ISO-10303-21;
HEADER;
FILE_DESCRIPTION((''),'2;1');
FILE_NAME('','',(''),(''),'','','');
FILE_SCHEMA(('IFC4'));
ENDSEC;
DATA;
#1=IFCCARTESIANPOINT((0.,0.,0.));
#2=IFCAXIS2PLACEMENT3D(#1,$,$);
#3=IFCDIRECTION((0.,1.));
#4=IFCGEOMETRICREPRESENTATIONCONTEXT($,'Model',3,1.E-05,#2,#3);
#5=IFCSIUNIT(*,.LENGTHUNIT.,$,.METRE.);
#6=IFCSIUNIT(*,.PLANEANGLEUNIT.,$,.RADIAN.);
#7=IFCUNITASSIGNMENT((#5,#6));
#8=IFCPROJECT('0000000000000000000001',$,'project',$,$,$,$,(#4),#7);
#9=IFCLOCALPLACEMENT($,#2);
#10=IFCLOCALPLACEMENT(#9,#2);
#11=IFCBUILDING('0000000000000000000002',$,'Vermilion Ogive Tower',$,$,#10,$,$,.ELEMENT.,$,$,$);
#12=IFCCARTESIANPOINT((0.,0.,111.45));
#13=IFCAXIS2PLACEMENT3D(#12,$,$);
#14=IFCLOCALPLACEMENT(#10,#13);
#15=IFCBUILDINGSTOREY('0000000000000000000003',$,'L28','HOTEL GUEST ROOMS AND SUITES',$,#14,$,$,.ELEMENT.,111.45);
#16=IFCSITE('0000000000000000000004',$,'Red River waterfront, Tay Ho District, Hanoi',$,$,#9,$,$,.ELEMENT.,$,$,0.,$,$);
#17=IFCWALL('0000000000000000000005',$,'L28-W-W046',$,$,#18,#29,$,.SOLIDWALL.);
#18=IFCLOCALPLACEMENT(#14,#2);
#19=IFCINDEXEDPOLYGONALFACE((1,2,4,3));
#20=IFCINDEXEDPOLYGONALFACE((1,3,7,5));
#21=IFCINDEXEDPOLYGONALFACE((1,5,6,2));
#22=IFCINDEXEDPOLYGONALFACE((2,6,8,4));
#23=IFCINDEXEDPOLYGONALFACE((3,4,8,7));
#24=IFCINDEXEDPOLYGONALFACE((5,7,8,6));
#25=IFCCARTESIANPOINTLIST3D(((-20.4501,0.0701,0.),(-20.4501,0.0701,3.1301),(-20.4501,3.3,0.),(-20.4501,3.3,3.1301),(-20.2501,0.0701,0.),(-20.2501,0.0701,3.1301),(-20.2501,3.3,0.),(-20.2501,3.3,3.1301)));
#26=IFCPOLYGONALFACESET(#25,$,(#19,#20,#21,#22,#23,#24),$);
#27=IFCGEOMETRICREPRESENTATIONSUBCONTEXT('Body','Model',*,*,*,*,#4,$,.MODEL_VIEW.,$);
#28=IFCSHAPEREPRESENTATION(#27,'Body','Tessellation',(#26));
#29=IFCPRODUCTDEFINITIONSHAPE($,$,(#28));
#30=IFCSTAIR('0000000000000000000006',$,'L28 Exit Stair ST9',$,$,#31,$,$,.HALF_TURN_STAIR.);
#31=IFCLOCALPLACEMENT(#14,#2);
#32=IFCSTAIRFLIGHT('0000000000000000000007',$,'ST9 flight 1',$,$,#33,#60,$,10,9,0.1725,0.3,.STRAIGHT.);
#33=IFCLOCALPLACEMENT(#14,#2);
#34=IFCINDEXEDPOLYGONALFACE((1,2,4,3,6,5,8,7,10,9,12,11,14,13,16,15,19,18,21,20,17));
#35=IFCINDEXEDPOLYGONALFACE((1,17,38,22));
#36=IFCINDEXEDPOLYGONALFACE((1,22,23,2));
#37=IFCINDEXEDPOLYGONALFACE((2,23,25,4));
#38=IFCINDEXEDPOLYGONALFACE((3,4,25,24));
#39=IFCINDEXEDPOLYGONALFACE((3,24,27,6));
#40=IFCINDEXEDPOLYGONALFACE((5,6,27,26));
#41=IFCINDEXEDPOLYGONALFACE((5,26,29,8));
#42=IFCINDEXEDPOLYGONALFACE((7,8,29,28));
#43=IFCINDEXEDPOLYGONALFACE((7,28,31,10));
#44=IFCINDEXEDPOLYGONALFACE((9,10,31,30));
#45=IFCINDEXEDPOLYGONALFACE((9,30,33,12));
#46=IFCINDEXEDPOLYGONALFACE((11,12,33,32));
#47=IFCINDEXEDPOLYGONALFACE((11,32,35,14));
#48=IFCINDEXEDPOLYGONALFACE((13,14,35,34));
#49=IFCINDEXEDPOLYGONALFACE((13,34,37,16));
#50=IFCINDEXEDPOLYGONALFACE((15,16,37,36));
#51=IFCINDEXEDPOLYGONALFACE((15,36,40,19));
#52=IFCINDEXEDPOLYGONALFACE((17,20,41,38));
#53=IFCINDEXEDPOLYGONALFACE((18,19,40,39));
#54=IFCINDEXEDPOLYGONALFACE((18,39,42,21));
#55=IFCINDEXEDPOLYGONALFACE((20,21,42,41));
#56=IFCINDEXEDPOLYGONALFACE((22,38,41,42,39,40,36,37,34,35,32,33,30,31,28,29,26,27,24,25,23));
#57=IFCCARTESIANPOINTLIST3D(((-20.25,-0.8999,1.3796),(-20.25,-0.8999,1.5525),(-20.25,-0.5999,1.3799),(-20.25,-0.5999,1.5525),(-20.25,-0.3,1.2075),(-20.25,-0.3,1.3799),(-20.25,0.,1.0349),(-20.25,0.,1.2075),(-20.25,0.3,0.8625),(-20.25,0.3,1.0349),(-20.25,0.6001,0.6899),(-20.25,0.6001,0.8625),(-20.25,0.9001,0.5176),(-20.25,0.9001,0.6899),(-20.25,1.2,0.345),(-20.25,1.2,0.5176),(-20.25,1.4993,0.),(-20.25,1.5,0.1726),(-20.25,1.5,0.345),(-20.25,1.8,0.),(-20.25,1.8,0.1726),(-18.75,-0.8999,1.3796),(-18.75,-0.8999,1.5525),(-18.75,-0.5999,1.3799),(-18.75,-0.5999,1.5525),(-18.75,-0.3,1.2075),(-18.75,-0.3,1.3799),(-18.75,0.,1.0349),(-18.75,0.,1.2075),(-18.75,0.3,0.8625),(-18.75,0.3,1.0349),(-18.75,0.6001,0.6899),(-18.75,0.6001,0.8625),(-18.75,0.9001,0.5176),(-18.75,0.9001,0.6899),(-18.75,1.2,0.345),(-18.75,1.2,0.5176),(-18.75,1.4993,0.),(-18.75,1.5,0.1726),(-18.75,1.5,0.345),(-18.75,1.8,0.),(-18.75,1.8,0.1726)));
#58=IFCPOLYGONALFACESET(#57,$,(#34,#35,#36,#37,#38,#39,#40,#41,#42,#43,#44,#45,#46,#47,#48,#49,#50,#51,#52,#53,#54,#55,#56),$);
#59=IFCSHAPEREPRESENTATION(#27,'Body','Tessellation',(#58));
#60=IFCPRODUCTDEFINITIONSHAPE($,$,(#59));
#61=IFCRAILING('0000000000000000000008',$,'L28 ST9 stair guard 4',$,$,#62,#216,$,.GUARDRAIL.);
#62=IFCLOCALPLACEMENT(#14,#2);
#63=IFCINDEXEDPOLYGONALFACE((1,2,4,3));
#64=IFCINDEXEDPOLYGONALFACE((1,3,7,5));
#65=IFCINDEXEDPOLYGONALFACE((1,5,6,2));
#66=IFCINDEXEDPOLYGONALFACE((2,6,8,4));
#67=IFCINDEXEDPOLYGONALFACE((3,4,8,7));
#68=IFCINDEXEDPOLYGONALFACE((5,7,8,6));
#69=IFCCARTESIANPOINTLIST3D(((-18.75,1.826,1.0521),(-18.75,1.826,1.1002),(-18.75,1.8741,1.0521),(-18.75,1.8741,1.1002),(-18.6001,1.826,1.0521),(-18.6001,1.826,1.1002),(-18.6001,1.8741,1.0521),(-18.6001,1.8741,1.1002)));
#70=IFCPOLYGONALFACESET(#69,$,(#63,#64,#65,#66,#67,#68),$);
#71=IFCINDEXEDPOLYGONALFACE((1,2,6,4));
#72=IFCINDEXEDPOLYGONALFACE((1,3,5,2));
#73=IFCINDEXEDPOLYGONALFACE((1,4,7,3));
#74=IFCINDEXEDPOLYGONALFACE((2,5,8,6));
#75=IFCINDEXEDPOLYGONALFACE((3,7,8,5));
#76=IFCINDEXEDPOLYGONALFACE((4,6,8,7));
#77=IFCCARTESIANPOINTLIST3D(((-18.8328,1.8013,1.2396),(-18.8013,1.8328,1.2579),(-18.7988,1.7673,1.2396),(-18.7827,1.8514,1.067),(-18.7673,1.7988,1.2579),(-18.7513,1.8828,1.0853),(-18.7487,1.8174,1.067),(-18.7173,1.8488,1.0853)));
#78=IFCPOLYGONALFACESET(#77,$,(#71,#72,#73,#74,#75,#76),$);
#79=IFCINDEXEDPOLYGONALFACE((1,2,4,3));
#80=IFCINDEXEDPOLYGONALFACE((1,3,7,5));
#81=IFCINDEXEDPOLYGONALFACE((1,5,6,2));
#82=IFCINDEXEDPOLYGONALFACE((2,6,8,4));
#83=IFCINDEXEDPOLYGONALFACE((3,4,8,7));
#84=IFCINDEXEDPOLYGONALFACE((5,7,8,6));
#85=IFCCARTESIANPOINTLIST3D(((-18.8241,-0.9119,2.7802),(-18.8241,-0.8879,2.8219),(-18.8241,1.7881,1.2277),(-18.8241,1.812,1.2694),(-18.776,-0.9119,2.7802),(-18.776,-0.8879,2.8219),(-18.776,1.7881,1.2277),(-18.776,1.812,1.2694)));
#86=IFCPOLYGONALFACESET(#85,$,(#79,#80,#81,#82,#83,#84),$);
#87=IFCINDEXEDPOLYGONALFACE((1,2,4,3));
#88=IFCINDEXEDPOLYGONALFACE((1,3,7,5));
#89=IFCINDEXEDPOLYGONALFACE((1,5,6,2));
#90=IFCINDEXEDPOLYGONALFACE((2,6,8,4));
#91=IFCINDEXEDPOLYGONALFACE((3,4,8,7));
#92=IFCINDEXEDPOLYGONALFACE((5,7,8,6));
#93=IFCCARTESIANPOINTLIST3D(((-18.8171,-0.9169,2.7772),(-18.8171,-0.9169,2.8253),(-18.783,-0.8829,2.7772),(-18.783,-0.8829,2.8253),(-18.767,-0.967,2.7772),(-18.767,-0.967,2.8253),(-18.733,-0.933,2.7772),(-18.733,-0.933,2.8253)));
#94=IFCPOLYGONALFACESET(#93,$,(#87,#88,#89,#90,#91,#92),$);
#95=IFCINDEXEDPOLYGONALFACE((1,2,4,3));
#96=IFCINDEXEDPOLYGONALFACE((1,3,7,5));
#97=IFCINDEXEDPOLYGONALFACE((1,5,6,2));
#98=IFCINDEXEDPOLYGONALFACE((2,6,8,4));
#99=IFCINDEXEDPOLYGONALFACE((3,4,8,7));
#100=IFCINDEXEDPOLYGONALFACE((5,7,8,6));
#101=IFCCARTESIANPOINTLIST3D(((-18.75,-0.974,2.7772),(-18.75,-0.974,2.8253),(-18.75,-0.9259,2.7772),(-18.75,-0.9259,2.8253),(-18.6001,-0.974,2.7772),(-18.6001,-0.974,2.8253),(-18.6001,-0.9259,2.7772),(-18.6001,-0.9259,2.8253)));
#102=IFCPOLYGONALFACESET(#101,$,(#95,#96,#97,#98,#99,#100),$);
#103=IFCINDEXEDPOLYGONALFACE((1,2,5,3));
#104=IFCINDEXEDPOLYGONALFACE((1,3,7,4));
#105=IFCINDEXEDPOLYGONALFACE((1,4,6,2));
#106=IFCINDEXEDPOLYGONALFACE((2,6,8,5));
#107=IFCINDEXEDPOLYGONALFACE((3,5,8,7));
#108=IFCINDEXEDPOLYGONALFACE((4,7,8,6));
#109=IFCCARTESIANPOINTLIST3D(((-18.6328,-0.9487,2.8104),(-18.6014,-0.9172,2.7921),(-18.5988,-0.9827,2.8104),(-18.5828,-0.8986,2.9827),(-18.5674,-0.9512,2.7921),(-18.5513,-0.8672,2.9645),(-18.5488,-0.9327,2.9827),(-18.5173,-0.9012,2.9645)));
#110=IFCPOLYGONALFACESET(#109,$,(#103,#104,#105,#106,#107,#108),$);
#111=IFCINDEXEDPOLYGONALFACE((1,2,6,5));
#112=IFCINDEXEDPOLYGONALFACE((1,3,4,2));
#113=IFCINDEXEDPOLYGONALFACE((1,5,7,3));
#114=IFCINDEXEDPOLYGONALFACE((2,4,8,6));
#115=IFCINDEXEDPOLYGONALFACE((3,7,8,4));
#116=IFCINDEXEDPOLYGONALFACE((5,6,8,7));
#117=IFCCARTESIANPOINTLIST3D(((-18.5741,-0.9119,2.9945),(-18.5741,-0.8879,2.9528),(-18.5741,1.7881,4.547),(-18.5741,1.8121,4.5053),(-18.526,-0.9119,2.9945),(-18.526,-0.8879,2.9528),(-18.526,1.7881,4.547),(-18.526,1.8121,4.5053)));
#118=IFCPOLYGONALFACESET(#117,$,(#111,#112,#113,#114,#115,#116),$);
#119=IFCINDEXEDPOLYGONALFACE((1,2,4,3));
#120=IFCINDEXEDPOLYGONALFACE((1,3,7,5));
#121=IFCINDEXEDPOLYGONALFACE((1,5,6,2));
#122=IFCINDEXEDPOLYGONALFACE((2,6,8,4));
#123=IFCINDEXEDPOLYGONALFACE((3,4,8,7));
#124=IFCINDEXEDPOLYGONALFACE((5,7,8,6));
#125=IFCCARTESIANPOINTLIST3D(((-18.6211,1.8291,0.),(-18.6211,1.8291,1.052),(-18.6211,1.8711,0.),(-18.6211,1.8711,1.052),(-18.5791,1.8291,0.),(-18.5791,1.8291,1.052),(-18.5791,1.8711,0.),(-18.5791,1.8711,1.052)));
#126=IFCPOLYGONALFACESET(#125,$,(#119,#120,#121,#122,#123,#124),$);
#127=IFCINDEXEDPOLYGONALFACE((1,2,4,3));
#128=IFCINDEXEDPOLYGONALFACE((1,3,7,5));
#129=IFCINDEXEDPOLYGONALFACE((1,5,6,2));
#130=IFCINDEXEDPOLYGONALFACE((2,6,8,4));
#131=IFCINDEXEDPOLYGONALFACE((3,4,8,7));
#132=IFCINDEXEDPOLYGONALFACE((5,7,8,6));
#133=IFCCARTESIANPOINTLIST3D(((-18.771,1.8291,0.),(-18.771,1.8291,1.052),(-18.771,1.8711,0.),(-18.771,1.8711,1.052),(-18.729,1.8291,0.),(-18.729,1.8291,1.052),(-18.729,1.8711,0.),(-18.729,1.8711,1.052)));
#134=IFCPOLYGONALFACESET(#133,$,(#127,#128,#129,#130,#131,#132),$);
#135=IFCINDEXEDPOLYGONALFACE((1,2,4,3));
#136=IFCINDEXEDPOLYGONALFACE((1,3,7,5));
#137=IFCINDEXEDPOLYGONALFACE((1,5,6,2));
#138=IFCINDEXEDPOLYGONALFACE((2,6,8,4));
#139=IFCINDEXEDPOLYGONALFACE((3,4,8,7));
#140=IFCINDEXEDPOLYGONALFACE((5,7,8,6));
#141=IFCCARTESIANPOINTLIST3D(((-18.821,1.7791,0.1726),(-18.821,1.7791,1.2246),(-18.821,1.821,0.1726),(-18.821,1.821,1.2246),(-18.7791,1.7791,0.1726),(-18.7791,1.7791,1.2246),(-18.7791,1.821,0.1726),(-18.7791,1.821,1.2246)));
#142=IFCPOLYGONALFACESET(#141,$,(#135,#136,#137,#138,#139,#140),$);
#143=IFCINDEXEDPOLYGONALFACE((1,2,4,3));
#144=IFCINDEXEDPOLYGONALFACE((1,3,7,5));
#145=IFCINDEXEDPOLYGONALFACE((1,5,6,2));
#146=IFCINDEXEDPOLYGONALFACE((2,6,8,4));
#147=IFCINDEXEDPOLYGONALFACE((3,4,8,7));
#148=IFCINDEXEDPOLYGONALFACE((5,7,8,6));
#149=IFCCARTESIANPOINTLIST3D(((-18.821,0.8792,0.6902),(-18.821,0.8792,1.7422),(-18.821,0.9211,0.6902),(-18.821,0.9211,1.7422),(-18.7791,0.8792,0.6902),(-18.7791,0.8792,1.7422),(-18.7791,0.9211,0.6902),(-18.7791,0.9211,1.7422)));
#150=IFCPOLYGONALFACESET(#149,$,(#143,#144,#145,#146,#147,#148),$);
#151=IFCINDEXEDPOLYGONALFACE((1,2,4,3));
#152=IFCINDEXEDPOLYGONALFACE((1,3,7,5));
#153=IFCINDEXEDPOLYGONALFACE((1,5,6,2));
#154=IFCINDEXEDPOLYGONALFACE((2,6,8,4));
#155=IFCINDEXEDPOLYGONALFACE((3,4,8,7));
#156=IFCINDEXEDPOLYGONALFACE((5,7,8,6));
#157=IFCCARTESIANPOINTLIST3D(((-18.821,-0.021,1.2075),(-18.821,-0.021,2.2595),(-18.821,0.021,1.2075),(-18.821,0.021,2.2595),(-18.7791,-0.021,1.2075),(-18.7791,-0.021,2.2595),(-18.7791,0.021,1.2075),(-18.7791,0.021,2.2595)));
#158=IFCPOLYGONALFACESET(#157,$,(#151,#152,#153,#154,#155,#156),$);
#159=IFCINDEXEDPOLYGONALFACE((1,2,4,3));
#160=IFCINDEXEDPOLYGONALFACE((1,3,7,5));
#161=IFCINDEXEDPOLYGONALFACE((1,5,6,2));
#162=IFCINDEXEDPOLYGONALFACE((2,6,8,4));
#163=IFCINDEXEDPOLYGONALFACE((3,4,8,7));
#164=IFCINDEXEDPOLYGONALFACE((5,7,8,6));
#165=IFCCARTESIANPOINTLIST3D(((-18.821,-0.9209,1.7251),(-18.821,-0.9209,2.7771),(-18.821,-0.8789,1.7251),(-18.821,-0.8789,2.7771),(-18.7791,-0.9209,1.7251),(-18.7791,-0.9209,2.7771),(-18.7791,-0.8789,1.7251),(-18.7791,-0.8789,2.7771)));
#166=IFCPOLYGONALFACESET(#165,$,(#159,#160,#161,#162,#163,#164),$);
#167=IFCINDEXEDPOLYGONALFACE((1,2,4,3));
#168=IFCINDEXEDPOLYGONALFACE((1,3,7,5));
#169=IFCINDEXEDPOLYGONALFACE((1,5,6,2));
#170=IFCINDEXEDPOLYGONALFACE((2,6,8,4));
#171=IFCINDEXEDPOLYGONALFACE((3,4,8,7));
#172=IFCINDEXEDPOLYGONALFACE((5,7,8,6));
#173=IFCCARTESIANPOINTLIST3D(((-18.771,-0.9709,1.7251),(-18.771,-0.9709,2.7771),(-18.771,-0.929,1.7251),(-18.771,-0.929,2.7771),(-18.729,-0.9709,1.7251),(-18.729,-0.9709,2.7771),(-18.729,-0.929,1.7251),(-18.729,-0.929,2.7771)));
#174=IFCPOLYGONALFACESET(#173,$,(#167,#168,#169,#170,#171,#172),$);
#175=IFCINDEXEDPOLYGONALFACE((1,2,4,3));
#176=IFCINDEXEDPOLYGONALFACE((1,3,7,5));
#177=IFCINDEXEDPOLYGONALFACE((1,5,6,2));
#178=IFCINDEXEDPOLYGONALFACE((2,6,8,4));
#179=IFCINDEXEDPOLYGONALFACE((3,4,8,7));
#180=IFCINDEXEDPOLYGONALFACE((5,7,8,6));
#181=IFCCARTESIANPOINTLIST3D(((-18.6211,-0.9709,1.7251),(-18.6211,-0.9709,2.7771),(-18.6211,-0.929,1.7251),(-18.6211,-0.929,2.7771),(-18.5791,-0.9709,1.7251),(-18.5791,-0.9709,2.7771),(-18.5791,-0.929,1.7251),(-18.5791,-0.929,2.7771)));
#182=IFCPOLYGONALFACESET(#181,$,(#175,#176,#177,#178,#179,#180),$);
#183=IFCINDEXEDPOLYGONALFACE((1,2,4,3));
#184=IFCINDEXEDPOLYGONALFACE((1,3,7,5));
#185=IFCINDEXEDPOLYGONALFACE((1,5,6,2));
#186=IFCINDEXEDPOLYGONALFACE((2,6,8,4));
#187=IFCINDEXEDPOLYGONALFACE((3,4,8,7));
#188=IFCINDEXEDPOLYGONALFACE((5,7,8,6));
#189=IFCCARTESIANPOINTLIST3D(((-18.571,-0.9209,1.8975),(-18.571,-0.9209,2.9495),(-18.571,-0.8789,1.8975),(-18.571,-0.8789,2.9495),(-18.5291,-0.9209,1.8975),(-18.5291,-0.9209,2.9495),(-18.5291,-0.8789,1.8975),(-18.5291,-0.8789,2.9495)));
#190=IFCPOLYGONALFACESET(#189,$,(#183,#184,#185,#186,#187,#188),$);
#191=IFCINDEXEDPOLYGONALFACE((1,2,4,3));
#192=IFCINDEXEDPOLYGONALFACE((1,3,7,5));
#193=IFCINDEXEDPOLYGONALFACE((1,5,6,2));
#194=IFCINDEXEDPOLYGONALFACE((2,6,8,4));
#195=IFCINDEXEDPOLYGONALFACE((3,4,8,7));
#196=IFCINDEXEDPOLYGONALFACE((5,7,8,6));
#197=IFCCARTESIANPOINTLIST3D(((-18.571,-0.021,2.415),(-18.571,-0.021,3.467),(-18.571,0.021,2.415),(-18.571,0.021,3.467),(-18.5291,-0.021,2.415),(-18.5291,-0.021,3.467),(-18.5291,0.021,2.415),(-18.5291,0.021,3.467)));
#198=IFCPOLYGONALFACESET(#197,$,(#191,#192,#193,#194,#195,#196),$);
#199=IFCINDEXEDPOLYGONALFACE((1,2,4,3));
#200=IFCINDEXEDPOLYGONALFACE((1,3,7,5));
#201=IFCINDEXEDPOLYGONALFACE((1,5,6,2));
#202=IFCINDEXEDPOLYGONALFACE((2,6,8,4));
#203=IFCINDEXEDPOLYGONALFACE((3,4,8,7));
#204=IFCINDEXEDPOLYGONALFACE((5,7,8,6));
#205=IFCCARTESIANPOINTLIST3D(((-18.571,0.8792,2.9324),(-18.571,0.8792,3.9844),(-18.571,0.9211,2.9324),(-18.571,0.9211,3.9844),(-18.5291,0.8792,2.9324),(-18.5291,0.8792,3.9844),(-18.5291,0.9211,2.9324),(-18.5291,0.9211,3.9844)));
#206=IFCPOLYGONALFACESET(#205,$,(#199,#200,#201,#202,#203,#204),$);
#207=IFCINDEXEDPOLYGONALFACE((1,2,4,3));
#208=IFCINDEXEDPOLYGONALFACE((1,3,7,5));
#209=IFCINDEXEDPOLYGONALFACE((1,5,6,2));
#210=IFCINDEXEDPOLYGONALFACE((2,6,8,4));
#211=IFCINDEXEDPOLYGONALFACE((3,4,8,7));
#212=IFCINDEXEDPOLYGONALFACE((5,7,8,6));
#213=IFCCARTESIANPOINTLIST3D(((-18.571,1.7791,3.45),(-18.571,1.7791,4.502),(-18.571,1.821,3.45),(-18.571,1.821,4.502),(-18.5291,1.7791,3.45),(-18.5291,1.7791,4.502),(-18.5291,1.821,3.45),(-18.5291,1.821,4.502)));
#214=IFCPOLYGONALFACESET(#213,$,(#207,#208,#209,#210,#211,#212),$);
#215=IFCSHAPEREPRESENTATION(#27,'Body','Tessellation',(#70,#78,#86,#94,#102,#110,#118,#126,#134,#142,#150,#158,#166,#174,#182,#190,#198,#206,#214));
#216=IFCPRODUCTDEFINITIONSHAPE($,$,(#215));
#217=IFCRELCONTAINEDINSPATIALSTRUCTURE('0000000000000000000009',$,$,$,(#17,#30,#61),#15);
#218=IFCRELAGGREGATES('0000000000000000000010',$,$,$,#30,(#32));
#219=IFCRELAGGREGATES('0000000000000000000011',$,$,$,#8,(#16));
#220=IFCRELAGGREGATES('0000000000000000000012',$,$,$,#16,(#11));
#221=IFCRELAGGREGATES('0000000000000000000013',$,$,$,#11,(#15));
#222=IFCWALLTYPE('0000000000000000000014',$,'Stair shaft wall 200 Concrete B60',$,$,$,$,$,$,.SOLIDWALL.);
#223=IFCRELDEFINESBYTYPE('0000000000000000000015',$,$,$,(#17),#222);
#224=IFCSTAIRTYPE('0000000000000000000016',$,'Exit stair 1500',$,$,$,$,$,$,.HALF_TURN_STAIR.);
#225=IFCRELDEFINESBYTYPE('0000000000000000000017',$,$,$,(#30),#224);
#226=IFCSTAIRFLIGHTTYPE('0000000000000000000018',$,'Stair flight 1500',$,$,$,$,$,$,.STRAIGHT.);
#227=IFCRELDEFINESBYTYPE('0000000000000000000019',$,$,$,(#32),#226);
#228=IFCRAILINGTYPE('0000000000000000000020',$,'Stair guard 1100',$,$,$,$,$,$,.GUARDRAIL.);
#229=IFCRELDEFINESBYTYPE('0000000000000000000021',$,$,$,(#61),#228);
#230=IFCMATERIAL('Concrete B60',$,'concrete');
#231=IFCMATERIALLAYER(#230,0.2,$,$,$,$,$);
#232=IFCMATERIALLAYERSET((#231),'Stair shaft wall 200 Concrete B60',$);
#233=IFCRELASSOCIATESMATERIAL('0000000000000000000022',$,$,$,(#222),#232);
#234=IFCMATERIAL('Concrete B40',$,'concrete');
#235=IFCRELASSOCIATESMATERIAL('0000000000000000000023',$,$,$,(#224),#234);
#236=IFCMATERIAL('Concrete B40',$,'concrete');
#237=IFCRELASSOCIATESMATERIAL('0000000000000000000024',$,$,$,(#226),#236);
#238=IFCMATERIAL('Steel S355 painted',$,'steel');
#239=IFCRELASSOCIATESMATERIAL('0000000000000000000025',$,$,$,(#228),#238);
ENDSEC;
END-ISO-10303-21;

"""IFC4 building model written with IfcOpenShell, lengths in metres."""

from ifc_helpers import new_model, si_unit, direction, frame, frame_2d, origin, origin_2d, place, context, subcontext, project, spatial, polyline, rectangle, outline, extrude, material, layer, layer_set, type_object, element, aggregate, save


model = new_model("IFC4")

# Units and contexts
model_context = context("Model", 3, precision=1e-05, world=origin(), true_north=direction((0.0, 1.0)))
body_context = subcontext(model_context, "Body", "Model", "MODEL_VIEW")
ifc_project = project(units=[si_unit("LENGTHUNIT", "METRE"), si_unit("PLANEANGLEUNIT", "RADIAN")], contexts=[model_context])

# Site, building, storey
site_placement = place(None, origin())
site = spatial("IfcSite", under=ifc_project, at=site_placement, Name="Red River waterfront, Tay Ho District, Hanoi", CompositionType="ELEMENT", RefElevation=0.0)
building_placement = place(site_placement, origin())
building = spatial("IfcBuilding", under=site, at=building_placement, Name="Vermilion Ogive Tower", CompositionType="ELEMENT")
storey_placement = place(building_placement, frame((0.0, 0.0, 111.45)))
storey = spatial("IfcBuildingStorey", under=building, at=storey_placement, Name="L28", Description="HOTEL GUEST ROOMS AND SUITES", CompositionType="ELEMENT", Elevation=111.45)

# Wall
ifc_material_1 = material(Name="Concrete B60", Category="concrete")
ifc_layer_1 = layer(ifc_material_1, 0.2)
ifc_layer_set_1 = layer_set([ifc_layer_1], Name="Stair shaft wall 200 Concrete B60")
wall_type_1 = type_object("IfcWallType", Name="Stair shaft wall 200 Concrete B60", PredefinedType="SOLIDWALL", material=ifc_layer_set_1)
wall_1_placement = place(storey_placement, frame((-20.3501, 0.0701, 0.0), z_axis=(0.0, 0.0, 1.0), x_axis=(0.0, 1.0, 0.0)))
element("IfcWall", 1, at=wall_1_placement, inside=storey, type_object=wall_type_1, Name="L28-W-W046", PredefinedType="SOLIDWALL", context=body_context, shape_type="SweptSolid", body=[
    extrude(rectangle(XDim=3.23, YDim=0.2, at=frame_2d((1.615, 0.0))), origin(), (0.0, 0.0, 1.0), 3.1301),
])

# Stair, stair flight
ifc_material_2 = material(Name="Concrete B40", Category="concrete")
stair_type = type_object("IfcStairType", Name="Exit stair 1500", PredefinedType="HALF_TURN_STAIR", material=ifc_material_2)
stair_placement = place(storey_placement, origin())
stair = element("IfcStair", 2, at=stair_placement, inside=storey, type_object=stair_type, Name="L28 Exit Stair ST9", PredefinedType="HALF_TURN_STAIR")
ifc_material_3 = material(Name="Concrete B40", Category="concrete")
stair_flight_type = type_object("IfcStairFlightType", Name="Stair flight 1500", PredefinedType="STRAIGHT", material=ifc_material_3)
stair_flight_placement = place(storey_placement, frame((-19.5, 1.8, 0.0), z_axis=(0.0, 0.0, 1.0), x_axis=(0.0, -1.0, 0.0)))
stair_flight = element("IfcStairFlight", 3, at=stair_flight_placement, type_object=stair_flight_type, Name="ST9 flight 1", NumberOfRisers=10, NumberOfTreads=9, PredefinedType="STRAIGHT", RiserHeight=0.1725, TreadLength=0.3, context=body_context, shape_type="SweptSolid", body=[
    extrude(outline(polyline([(0.0, 0.0), (0.0, 0.1726), (0.3, 0.1726), (0.3, 0.345), (0.6001, 0.345), (0.6001, 0.5176), (0.8999, 0.5176), (0.8999, 0.6899), (1.2, 0.6899), (1.2, 0.8625), (1.5, 0.8625), (1.5, 1.0349), (1.8, 1.0349), (1.8, 1.2075), (2.1001, 1.2075), (2.1001, 1.3799), (2.3999, 1.3799), (2.3999, 1.5525), (2.7, 1.5525), (2.7, 1.7251), (2.7, 1.3796), (0.3008, 0.0), (0.0, 0.0)])), frame((0.0, 0.75, 0.0), z_axis=(0.0, -1.0, 0.0), x_axis=(1.0, 0.0, 0.0)), (0.0, 0.0, 1.0), 1.5),
])
aggregate(stair, [stair_flight])

# Railing
ifc_material_4 = material(Name="Steel S355 painted", Category="steel")
railing_type_1 = type_object("IfcRailingType", Name="Stair guard 1100", PredefinedType="GUARDRAIL", material=ifc_material_4)
railing_1_placement = place(storey_placement, frame((-18.6001, 1.8501, 0.0)))
element("IfcRailing", 4, at=railing_1_placement, inside=storey, type_object=railing_type_1, Name="L28 ST9 stair guard 4", PredefinedType="GUARDRAIL", context=body_context, shape_type="SweptSolid", body=[
    extrude(rectangle(XDim=0.0481, YDim=0.0481, at=origin_2d()), frame((0.0, 0.0, 1.0762), z_axis=(-1.0, 0.0, 0.0), x_axis=(0.0, -1.0, 0.0)), (0.0, 0.0, 1.0), 0.1499),
    extrude(rectangle(XDim=0.0481, YDim=0.0481, at=origin_2d()), frame((-0.1499, 0.0, 1.0762), z_axis=(-0.268278, -0.268278, 0.925232), x_axis=(0.707107, -0.707107, 0.0)), (0.0, 0.0, 1.0), 0.1865),
    extrude(rectangle(XDim=0.0481, YDim=0.0481, at=origin_2d()), frame((-0.2, -0.05, 1.2485), z_axis=(0.0, -0.866904, 0.498476), x_axis=(1.0, 0.0, 0.0)), (0.0, 0.0, 1.0), 3.1145),
    extrude(rectangle(XDim=0.0481, YDim=0.0481, at=origin_2d()), frame((-0.2, -2.75, 2.8013), z_axis=(0.707107, -0.707107, 0.0), x_axis=(0.707107, 0.707107, 0.0)), (0.0, 0.0, 1.0), 0.0708),
    extrude(rectangle(XDim=0.0481, YDim=0.0481, at=origin_2d()), frame((-0.1499, -2.8, 2.8013), z_axis=(1.0, 0.0, 0.0), x_axis=(0.0, 1.0, 0.0)), (0.0, 0.0, 1.0), 0.1499),
    extrude(rectangle(XDim=0.0481, YDim=0.0481, at=origin_2d()), frame((0.0, -2.8, 2.8013), z_axis=(0.268603, 0.268603, 0.925043), x_axis=(-0.707107, 0.707107, 0.0)), (0.0, 0.0, 1.0), 0.1863),
    extrude(rectangle(XDim=0.0481, YDim=0.0481, at=origin_2d()), frame((0.05, -2.75, 2.9736), z_axis=(0.0, 0.866904, 0.498476), x_axis=(-1.0, 0.0, 0.0)), (0.0, 0.0, 1.0), 3.1145),
    extrude(rectangle(XDim=0.042, YDim=0.042, at=origin_2d()), origin(), (0.0, 0.0, 1.0), 1.052),
    extrude(rectangle(XDim=0.042, YDim=0.042, at=origin_2d()), frame((-0.1499, 0.0, 0.0)), (0.0, 0.0, 1.0), 1.052),
    extrude(rectangle(XDim=0.042, YDim=0.042, at=origin_2d()), frame((-0.2, -0.05, 0.1726)), (0.0, 0.0, 1.0), 1.052),
    extrude(rectangle(XDim=0.042, YDim=0.042, at=origin_2d()), frame((-0.2, -0.95, 0.6902)), (0.0, 0.0, 1.0), 1.052),
    extrude(rectangle(XDim=0.042, YDim=0.042, at=origin_2d()), frame((-0.2, -1.8501, 1.2075)), (0.0, 0.0, 1.0), 1.052),
    extrude(rectangle(XDim=0.042, YDim=0.042, at=origin_2d()), frame((-0.2, -2.75, 1.7251)), (0.0, 0.0, 1.0), 1.052),
    extrude(rectangle(XDim=0.042, YDim=0.042, at=origin_2d()), frame((-0.1499, -2.8, 1.7251)), (0.0, 0.0, 1.0), 1.052),
    extrude(rectangle(XDim=0.042, YDim=0.042, at=origin_2d()), frame((0.0, -2.8, 1.7251)), (0.0, 0.0, 1.0), 1.052),
    extrude(rectangle(XDim=0.042, YDim=0.042, at=origin_2d()), frame((0.05, -2.75, 1.8975)), (0.0, 0.0, 1.0), 1.052),
    extrude(rectangle(XDim=0.042, YDim=0.042, at=origin_2d()), frame((0.05, -1.8501, 2.415)), (0.0, 0.0, 1.0), 1.052),
    extrude(rectangle(XDim=0.042, YDim=0.042, at=origin_2d()), frame((0.05, -0.95, 2.9324)), (0.0, 0.0, 1.0), 1.052),
    extrude(rectangle(XDim=0.042, YDim=0.042, at=origin_2d()), frame((0.05, -0.05, 3.45)), (0.0, 0.0, 1.0), 1.052),
])

save(model, "model.ifc")
